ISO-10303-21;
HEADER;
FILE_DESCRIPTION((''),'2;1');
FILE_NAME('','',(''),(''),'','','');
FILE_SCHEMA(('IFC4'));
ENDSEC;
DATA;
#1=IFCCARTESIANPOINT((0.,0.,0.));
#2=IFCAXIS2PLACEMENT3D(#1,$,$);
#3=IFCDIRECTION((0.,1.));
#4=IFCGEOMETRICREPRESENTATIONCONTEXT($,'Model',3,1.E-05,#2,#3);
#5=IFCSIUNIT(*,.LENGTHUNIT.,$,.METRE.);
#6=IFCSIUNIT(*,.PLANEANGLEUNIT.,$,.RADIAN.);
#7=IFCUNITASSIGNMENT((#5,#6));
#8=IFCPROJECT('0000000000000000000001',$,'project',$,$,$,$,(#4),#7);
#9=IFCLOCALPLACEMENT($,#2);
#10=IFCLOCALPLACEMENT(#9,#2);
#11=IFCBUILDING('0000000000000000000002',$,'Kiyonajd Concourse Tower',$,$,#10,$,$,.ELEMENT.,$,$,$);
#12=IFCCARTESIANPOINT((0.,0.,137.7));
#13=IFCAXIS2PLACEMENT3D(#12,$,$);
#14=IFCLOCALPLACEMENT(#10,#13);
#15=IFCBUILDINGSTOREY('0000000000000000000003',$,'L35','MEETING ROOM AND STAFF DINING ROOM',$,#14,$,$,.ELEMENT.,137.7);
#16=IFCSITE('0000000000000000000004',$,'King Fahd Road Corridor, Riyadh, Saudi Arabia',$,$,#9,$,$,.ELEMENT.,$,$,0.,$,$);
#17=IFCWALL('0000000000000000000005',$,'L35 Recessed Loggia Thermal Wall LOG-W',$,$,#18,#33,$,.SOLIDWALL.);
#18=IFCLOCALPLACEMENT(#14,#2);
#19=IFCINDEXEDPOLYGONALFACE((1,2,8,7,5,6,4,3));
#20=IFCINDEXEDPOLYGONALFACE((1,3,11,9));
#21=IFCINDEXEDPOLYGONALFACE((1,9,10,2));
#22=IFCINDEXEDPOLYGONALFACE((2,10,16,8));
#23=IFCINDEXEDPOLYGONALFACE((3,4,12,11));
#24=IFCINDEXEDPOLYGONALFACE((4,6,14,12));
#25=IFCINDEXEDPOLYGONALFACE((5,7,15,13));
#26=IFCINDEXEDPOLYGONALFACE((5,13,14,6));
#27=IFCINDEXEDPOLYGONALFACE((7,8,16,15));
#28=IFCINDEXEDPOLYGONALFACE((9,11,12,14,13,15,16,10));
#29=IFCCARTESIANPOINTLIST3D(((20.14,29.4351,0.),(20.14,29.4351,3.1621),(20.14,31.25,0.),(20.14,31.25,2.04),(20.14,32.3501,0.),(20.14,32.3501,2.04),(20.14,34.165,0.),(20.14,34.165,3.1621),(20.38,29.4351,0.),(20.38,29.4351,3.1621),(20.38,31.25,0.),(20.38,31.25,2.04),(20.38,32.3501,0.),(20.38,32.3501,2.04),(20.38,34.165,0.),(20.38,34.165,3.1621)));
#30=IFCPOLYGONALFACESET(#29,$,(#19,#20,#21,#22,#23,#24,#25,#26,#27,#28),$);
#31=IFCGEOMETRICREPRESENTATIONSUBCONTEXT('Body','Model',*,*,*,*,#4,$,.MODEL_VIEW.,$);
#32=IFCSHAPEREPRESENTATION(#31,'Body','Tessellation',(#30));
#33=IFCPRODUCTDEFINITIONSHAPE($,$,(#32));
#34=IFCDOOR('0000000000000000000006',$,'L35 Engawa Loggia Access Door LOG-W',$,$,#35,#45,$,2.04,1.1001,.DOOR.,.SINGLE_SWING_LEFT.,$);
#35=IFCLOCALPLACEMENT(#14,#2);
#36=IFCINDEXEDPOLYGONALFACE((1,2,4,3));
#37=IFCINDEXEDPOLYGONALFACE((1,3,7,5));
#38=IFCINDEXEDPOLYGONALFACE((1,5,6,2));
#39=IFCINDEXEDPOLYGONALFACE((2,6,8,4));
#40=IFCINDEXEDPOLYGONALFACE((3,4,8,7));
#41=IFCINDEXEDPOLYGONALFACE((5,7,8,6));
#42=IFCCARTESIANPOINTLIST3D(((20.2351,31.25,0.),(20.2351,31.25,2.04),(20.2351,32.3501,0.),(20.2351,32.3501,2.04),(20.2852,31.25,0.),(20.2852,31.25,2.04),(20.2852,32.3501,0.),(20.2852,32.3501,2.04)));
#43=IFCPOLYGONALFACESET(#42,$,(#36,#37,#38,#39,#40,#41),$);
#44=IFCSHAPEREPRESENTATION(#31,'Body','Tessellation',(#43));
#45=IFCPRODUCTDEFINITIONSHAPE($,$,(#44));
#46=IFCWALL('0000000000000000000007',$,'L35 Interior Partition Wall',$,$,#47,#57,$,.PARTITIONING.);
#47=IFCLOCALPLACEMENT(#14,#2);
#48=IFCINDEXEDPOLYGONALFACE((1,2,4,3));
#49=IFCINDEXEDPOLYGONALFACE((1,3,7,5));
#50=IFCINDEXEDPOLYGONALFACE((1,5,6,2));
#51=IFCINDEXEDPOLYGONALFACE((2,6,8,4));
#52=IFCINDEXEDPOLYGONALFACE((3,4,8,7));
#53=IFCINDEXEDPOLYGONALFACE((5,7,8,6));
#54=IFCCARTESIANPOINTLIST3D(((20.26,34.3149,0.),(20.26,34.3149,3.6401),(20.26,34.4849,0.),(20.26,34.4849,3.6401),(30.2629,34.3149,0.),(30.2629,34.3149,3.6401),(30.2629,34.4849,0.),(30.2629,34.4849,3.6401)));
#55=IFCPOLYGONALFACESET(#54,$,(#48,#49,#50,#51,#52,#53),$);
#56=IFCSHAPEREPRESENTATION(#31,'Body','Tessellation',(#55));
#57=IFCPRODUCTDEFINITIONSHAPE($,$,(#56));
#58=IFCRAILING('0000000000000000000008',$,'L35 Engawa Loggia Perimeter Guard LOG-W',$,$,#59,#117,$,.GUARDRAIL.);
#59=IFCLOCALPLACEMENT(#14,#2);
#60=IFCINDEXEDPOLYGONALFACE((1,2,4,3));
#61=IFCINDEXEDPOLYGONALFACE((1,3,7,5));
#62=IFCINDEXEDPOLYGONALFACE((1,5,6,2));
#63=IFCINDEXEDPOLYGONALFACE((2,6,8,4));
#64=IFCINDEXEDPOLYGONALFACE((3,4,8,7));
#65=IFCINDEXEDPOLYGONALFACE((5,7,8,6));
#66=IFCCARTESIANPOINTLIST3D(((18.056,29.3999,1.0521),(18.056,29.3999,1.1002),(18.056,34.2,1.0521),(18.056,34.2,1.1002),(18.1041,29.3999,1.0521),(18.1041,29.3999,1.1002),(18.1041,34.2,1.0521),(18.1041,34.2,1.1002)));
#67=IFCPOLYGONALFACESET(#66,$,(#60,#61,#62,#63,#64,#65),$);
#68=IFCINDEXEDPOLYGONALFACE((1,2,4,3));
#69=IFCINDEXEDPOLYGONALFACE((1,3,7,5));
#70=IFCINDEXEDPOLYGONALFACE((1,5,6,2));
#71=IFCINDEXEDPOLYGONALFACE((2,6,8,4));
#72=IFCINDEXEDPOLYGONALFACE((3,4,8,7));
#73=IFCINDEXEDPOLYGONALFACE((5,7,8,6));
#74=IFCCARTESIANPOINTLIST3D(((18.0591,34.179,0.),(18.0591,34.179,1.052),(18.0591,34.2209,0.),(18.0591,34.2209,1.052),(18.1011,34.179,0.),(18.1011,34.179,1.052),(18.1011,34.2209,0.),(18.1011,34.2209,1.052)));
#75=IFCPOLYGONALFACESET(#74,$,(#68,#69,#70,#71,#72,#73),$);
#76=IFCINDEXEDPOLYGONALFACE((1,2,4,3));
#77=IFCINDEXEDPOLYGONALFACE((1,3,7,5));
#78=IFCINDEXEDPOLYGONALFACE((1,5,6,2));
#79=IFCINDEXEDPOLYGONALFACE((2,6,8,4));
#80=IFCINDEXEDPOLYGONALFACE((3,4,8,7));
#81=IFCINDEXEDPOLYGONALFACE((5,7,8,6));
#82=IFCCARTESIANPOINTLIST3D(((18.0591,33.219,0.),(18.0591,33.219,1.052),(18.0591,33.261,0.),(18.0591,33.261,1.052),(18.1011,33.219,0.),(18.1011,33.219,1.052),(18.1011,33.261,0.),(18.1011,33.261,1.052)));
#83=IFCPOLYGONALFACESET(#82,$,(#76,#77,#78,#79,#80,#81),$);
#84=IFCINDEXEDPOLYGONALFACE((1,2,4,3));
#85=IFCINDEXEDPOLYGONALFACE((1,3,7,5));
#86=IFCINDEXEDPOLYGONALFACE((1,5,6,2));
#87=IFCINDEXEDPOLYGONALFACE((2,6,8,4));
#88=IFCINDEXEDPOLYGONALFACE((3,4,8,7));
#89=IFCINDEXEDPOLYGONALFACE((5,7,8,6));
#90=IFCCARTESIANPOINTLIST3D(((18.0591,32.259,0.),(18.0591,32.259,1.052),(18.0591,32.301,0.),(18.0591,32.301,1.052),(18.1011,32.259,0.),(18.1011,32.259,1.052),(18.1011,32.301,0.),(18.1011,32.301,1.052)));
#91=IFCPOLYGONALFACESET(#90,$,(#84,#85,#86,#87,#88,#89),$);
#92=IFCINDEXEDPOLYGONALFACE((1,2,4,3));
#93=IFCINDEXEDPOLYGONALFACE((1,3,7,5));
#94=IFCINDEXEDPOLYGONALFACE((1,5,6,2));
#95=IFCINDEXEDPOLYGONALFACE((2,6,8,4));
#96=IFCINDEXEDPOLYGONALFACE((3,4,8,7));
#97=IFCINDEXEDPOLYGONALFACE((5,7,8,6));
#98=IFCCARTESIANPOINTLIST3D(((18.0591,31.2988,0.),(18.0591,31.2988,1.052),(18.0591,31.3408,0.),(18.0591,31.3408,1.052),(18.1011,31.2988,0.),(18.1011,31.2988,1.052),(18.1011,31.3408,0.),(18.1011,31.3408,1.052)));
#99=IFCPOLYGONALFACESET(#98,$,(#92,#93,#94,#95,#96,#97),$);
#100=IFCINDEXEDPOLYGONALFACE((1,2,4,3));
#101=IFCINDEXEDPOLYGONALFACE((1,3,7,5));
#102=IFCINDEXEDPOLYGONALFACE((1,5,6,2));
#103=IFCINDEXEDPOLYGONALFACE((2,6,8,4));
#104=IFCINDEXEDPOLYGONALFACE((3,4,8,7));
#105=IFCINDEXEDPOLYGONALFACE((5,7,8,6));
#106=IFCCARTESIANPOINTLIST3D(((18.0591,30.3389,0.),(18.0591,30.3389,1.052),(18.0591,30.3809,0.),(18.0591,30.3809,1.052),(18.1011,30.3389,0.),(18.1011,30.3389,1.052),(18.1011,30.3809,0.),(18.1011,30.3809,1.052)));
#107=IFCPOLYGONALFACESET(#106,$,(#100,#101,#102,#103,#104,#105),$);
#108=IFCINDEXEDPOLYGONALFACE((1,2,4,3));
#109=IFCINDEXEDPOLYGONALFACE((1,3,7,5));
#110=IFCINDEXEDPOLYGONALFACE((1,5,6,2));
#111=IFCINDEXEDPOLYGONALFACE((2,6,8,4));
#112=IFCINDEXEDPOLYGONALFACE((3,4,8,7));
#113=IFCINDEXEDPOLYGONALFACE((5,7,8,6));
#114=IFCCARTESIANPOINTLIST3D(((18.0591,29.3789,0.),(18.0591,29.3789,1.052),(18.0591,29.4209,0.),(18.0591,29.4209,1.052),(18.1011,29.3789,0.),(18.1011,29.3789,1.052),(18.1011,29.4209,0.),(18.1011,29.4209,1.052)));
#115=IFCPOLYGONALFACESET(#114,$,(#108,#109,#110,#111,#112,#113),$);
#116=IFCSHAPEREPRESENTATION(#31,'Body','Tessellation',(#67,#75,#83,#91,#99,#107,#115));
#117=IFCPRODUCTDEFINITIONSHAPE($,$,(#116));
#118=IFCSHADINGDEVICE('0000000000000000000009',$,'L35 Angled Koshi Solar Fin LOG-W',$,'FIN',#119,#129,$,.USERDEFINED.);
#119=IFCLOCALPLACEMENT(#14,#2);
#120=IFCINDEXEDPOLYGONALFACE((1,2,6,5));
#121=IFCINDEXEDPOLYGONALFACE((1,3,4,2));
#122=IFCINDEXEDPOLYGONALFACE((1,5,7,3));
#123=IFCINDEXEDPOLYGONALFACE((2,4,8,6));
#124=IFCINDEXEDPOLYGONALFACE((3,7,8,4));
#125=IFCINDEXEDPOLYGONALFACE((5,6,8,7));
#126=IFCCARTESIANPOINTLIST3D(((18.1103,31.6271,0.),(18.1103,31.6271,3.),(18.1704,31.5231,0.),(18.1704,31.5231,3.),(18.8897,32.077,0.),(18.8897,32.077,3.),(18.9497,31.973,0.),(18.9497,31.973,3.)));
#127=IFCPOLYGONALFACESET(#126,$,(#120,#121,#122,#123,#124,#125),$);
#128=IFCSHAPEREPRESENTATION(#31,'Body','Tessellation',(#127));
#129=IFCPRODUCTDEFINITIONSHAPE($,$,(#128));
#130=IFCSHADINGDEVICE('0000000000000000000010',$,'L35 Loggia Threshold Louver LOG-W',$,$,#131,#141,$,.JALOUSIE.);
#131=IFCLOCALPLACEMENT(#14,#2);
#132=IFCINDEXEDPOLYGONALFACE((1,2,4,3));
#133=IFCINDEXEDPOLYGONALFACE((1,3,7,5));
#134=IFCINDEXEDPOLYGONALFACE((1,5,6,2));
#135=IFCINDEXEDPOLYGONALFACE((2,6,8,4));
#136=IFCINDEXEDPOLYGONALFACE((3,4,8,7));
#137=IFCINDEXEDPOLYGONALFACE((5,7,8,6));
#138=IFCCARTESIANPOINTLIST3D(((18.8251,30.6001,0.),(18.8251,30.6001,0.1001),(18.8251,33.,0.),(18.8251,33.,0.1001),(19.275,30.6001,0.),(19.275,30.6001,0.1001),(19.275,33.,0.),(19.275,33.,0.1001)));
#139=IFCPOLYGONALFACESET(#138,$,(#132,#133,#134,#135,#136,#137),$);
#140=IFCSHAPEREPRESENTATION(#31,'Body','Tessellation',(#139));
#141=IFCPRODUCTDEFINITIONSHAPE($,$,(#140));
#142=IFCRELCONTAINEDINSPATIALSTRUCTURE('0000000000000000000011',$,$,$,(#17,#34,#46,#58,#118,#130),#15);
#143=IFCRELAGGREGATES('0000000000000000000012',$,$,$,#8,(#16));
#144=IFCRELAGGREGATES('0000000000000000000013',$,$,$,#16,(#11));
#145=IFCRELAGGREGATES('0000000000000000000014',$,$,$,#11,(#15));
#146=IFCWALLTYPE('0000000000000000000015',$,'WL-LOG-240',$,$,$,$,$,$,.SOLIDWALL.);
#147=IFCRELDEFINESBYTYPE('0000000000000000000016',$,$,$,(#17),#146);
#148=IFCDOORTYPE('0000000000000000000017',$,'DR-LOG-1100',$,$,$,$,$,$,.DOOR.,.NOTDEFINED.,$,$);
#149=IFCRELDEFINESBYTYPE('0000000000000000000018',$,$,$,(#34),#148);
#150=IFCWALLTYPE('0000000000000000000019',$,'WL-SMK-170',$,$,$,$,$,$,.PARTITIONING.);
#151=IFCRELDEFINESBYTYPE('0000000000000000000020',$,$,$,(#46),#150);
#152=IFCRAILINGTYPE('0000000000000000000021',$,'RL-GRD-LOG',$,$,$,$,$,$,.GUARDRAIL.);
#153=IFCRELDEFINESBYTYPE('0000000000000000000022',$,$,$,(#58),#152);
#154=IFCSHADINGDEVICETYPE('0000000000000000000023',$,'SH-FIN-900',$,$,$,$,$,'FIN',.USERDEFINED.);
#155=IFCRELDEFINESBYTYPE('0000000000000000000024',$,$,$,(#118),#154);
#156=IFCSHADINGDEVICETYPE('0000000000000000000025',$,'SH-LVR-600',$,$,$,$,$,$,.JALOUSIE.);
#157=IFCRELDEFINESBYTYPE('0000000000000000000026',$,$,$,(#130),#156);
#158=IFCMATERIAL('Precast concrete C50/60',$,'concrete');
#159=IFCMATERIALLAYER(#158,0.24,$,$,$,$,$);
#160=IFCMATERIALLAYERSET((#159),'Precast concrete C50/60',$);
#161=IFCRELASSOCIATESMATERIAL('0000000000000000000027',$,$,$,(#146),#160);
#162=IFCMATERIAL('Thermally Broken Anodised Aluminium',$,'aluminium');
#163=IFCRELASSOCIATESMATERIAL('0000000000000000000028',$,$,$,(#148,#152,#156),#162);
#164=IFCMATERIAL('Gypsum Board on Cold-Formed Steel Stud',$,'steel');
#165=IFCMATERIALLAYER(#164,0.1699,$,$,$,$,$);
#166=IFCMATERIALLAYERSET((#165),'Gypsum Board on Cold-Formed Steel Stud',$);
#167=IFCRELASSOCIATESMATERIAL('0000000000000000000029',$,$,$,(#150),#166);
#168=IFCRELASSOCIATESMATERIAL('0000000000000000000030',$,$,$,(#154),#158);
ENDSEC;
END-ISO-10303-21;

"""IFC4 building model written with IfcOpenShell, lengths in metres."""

from ifc_helpers import new_model, si_unit, direction, frame, frame_2d, origin, origin_2d, place, context, subcontext, project, spatial, rectangle, extrude, material, layer, layer_set, type_object, element, fill, save


model = new_model("IFC4")

# Units and contexts
model_context = context("Model", 3, precision=1e-05, world=origin(), true_north=direction((0.0, 1.0)))
body_context = subcontext(model_context, "Body", "Model", "MODEL_VIEW")
ifc_project = project(units=[si_unit("LENGTHUNIT", "METRE"), si_unit("PLANEANGLEUNIT", "RADIAN")], contexts=[model_context])

# Site, building, storey
site_placement = place(None, origin())
site = spatial("IfcSite", under=ifc_project, at=site_placement, Name="King Fahd Road Corridor, Riyadh, Saudi Arabia", CompositionType="ELEMENT", RefElevation=0.0)
building_placement = place(site_placement, origin())
building = spatial("IfcBuilding", under=site, at=building_placement, Name="Kiyonajd Concourse Tower", CompositionType="ELEMENT")
storey_placement = place(building_placement, frame((0.0, 0.0, 137.7)))
storey = spatial("IfcBuildingStorey", under=building, at=storey_placement, Name="L35", Description="MEETING ROOM AND STAFF DINING ROOM", CompositionType="ELEMENT", Elevation=137.7)

# Shared definitions
ifc_material_1 = material(Name="Precast concrete C50/60", Category="concrete")

# Shared definitions
ifc_material_2 = material(Name="Thermally Broken Anodised Aluminium", Category="aluminium")

# Wall, opening, door
ifc_layer_1 = layer(ifc_material_1, 0.24)
ifc_layer_set_1 = layer_set([ifc_layer_1], Name="Precast concrete C50/60")
wall_type_1 = type_object("IfcWallType", Name="WL-LOG-240", PredefinedType="SOLIDWALL", material=ifc_layer_set_1)
wall_1_placement = place(storey_placement, frame((20.26, 29.4351, 0.0), z_axis=(0.0, 0.0, 1.0), x_axis=(0.0, 1.0, 0.0)))
wall_1 = element("IfcWall", 1, at=wall_1_placement, inside=storey, type_object=wall_type_1, Name="L35 Recessed Loggia Thermal Wall LOG-W", PredefinedType="SOLIDWALL", context=body_context, shape_type="SweptSolid", body=[
    extrude(rectangle(XDim=4.73, YDim=0.24, at=frame_2d((2.365, 0.0))), origin(), (0.0, 0.0, 1.0), 3.1621),
])
opening_placement = place(wall_1_placement, frame((1.8149, 0.0, 0.0)))
opening = element("IfcOpeningElement", 2, at=opening_placement, cuts=wall_1, PredefinedType="OPENING", context=body_context, shape_type="SweptSolid", body=[
    extrude(rectangle(XDim=1.1001, YDim=2.04, at=frame_2d((0.55, 1.02))), frame((0.0, 0.1299, 0.0), z_axis=(0.0, -1.0, 0.0), x_axis=(1.0, 0.0, 0.0)), (0.0, 0.0, 1.0), 0.26),
])
door_type = type_object("IfcDoorType", Name="DR-LOG-1100", OperationType="NOTDEFINED", PredefinedType="DOOR", material=ifc_material_2)
door_placement = place(opening_placement, origin())
door = element("IfcDoor", 3, at=door_placement, inside=storey, type_object=door_type, Name="L35 Engawa Loggia Access Door LOG-W", OperationType="SINGLE_SWING_LEFT", OverallHeight=2.04, OverallWidth=1.1001, PredefinedType="DOOR", context=body_context, shape_type="SweptSolid", body=[
    extrude(rectangle(XDim=1.1001, YDim=2.04, at=frame_2d((0.55, 1.02))), frame((0.0, 0.0249, 0.0), z_axis=(0.0, -1.0, 0.0), x_axis=(1.0, 0.0, 0.0)), (0.0, 0.0, 1.0), 0.05),
])
fill(opening, door)

# Wall
ifc_material_3 = material(Name="Gypsum Board on Cold-Formed Steel Stud", Category="steel")
ifc_layer_2 = layer(ifc_material_3, 0.1699)
ifc_layer_set_2 = layer_set([ifc_layer_2], Name="Gypsum Board on Cold-Formed Steel Stud")
wall_type_2 = type_object("IfcWallType", Name="WL-SMK-170", PredefinedType="PARTITIONING", material=ifc_layer_set_2)
wall_2_placement = place(storey_placement, frame((20.26, 34.3999, 0.0), z_axis=(0.0, 0.0, 1.0), x_axis=(1.0, 0.0, 0.0)))
element("IfcWall", 4, at=wall_2_placement, inside=storey, type_object=wall_type_2, Name="L35 Interior Partition Wall", PredefinedType="PARTITIONING", context=body_context, shape_type="SweptSolid", body=[
    extrude(rectangle(XDim=10.0029, YDim=0.1699, at=frame_2d((5.0015, 0.0))), origin(), (0.0, 0.0, 1.0), 3.6401),
])

# Railing
railing_type = type_object("IfcRailingType", Name="RL-GRD-LOG", PredefinedType="GUARDRAIL", material=ifc_material_2)
railing_placement = place(storey_placement, frame((18.0801, 34.2, 0.0)))
element("IfcRailing", 5, at=railing_placement, inside=storey, type_object=railing_type, Name="L35 Engawa Loggia Perimeter Guard LOG-W", PredefinedType="GUARDRAIL", context=body_context, shape_type="SweptSolid", body=[
    extrude(rectangle(XDim=0.0481, YDim=0.0481, at=origin_2d()), frame((0.0, 0.0, 1.0762), z_axis=(0.0, -1.0, 0.0), x_axis=(1.0, 0.0, 0.0)), (0.0, 0.0, 1.0), 4.8),
    extrude(rectangle(XDim=0.042, YDim=0.042, at=origin_2d()), origin(), (0.0, 0.0, 1.0), 1.052),
    extrude(rectangle(XDim=0.042, YDim=0.042, at=origin_2d()), frame((0.0, -0.96, 0.0)), (0.0, 0.0, 1.0), 1.052),
    extrude(rectangle(XDim=0.042, YDim=0.042, at=origin_2d()), frame((0.0, -1.9199, 0.0)), (0.0, 0.0, 1.0), 1.052),
    extrude(rectangle(XDim=0.042, YDim=0.042, at=origin_2d()), frame((0.0, -2.8801, 0.0)), (0.0, 0.0, 1.0), 1.052),
    extrude(rectangle(XDim=0.042, YDim=0.042, at=origin_2d()), frame((0.0, -3.8401, 0.0)), (0.0, 0.0, 1.0), 1.052),
    extrude(rectangle(XDim=0.042, YDim=0.042, at=origin_2d()), frame((0.0, -4.8, 0.0)), (0.0, 0.0, 1.0), 1.052),
])

# Shading devices
shading_device_type_1 = type_object("IfcShadingDeviceType", Name="SH-FIN-900", ElementType="FIN", PredefinedType="USERDEFINED", material=ifc_material_1)
shading_device_1_placement = place(storey_placement, frame((18.53, 31.8, 0.0), z_axis=(0.0, 0.0, 1.0), x_axis=(0.866025, 0.5, 0.0)))
element("IfcShadingDevice", 6, at=shading_device_1_placement, inside=storey, type_object=shading_device_type_1, Name="L35 Angled Koshi Solar Fin LOG-W", ObjectType="FIN", PredefinedType="USERDEFINED", context=body_context, shape_type="SweptSolid", body=[
    extrude(rectangle(XDim=0.8999, YDim=0.1201, at=origin_2d()), origin(), (0.0, 0.0, 1.0), 3.0),
])
shading_device_type_2 = type_object("IfcShadingDeviceType", Name="SH-LVR-600", PredefinedType="JALOUSIE", material=ifc_material_2)
shading_device_2_placement = place(storey_placement, frame((19.05, 31.8, 0.0), z_axis=(0.0, 0.0, 1.0), x_axis=(0.0, 1.0, 0.0)))
element("IfcShadingDevice", 7, at=shading_device_2_placement, inside=storey, type_object=shading_device_type_2, Name="L35 Loggia Threshold Louver LOG-W", PredefinedType="JALOUSIE", context=body_context, shape_type="SweptSolid", body=[
    extrude(rectangle(XDim=2.3999, YDim=0.45, at=origin_2d()), origin(), (0.0, 0.0, 1.0), 0.1001),
])

save(model, "model.ifc")
